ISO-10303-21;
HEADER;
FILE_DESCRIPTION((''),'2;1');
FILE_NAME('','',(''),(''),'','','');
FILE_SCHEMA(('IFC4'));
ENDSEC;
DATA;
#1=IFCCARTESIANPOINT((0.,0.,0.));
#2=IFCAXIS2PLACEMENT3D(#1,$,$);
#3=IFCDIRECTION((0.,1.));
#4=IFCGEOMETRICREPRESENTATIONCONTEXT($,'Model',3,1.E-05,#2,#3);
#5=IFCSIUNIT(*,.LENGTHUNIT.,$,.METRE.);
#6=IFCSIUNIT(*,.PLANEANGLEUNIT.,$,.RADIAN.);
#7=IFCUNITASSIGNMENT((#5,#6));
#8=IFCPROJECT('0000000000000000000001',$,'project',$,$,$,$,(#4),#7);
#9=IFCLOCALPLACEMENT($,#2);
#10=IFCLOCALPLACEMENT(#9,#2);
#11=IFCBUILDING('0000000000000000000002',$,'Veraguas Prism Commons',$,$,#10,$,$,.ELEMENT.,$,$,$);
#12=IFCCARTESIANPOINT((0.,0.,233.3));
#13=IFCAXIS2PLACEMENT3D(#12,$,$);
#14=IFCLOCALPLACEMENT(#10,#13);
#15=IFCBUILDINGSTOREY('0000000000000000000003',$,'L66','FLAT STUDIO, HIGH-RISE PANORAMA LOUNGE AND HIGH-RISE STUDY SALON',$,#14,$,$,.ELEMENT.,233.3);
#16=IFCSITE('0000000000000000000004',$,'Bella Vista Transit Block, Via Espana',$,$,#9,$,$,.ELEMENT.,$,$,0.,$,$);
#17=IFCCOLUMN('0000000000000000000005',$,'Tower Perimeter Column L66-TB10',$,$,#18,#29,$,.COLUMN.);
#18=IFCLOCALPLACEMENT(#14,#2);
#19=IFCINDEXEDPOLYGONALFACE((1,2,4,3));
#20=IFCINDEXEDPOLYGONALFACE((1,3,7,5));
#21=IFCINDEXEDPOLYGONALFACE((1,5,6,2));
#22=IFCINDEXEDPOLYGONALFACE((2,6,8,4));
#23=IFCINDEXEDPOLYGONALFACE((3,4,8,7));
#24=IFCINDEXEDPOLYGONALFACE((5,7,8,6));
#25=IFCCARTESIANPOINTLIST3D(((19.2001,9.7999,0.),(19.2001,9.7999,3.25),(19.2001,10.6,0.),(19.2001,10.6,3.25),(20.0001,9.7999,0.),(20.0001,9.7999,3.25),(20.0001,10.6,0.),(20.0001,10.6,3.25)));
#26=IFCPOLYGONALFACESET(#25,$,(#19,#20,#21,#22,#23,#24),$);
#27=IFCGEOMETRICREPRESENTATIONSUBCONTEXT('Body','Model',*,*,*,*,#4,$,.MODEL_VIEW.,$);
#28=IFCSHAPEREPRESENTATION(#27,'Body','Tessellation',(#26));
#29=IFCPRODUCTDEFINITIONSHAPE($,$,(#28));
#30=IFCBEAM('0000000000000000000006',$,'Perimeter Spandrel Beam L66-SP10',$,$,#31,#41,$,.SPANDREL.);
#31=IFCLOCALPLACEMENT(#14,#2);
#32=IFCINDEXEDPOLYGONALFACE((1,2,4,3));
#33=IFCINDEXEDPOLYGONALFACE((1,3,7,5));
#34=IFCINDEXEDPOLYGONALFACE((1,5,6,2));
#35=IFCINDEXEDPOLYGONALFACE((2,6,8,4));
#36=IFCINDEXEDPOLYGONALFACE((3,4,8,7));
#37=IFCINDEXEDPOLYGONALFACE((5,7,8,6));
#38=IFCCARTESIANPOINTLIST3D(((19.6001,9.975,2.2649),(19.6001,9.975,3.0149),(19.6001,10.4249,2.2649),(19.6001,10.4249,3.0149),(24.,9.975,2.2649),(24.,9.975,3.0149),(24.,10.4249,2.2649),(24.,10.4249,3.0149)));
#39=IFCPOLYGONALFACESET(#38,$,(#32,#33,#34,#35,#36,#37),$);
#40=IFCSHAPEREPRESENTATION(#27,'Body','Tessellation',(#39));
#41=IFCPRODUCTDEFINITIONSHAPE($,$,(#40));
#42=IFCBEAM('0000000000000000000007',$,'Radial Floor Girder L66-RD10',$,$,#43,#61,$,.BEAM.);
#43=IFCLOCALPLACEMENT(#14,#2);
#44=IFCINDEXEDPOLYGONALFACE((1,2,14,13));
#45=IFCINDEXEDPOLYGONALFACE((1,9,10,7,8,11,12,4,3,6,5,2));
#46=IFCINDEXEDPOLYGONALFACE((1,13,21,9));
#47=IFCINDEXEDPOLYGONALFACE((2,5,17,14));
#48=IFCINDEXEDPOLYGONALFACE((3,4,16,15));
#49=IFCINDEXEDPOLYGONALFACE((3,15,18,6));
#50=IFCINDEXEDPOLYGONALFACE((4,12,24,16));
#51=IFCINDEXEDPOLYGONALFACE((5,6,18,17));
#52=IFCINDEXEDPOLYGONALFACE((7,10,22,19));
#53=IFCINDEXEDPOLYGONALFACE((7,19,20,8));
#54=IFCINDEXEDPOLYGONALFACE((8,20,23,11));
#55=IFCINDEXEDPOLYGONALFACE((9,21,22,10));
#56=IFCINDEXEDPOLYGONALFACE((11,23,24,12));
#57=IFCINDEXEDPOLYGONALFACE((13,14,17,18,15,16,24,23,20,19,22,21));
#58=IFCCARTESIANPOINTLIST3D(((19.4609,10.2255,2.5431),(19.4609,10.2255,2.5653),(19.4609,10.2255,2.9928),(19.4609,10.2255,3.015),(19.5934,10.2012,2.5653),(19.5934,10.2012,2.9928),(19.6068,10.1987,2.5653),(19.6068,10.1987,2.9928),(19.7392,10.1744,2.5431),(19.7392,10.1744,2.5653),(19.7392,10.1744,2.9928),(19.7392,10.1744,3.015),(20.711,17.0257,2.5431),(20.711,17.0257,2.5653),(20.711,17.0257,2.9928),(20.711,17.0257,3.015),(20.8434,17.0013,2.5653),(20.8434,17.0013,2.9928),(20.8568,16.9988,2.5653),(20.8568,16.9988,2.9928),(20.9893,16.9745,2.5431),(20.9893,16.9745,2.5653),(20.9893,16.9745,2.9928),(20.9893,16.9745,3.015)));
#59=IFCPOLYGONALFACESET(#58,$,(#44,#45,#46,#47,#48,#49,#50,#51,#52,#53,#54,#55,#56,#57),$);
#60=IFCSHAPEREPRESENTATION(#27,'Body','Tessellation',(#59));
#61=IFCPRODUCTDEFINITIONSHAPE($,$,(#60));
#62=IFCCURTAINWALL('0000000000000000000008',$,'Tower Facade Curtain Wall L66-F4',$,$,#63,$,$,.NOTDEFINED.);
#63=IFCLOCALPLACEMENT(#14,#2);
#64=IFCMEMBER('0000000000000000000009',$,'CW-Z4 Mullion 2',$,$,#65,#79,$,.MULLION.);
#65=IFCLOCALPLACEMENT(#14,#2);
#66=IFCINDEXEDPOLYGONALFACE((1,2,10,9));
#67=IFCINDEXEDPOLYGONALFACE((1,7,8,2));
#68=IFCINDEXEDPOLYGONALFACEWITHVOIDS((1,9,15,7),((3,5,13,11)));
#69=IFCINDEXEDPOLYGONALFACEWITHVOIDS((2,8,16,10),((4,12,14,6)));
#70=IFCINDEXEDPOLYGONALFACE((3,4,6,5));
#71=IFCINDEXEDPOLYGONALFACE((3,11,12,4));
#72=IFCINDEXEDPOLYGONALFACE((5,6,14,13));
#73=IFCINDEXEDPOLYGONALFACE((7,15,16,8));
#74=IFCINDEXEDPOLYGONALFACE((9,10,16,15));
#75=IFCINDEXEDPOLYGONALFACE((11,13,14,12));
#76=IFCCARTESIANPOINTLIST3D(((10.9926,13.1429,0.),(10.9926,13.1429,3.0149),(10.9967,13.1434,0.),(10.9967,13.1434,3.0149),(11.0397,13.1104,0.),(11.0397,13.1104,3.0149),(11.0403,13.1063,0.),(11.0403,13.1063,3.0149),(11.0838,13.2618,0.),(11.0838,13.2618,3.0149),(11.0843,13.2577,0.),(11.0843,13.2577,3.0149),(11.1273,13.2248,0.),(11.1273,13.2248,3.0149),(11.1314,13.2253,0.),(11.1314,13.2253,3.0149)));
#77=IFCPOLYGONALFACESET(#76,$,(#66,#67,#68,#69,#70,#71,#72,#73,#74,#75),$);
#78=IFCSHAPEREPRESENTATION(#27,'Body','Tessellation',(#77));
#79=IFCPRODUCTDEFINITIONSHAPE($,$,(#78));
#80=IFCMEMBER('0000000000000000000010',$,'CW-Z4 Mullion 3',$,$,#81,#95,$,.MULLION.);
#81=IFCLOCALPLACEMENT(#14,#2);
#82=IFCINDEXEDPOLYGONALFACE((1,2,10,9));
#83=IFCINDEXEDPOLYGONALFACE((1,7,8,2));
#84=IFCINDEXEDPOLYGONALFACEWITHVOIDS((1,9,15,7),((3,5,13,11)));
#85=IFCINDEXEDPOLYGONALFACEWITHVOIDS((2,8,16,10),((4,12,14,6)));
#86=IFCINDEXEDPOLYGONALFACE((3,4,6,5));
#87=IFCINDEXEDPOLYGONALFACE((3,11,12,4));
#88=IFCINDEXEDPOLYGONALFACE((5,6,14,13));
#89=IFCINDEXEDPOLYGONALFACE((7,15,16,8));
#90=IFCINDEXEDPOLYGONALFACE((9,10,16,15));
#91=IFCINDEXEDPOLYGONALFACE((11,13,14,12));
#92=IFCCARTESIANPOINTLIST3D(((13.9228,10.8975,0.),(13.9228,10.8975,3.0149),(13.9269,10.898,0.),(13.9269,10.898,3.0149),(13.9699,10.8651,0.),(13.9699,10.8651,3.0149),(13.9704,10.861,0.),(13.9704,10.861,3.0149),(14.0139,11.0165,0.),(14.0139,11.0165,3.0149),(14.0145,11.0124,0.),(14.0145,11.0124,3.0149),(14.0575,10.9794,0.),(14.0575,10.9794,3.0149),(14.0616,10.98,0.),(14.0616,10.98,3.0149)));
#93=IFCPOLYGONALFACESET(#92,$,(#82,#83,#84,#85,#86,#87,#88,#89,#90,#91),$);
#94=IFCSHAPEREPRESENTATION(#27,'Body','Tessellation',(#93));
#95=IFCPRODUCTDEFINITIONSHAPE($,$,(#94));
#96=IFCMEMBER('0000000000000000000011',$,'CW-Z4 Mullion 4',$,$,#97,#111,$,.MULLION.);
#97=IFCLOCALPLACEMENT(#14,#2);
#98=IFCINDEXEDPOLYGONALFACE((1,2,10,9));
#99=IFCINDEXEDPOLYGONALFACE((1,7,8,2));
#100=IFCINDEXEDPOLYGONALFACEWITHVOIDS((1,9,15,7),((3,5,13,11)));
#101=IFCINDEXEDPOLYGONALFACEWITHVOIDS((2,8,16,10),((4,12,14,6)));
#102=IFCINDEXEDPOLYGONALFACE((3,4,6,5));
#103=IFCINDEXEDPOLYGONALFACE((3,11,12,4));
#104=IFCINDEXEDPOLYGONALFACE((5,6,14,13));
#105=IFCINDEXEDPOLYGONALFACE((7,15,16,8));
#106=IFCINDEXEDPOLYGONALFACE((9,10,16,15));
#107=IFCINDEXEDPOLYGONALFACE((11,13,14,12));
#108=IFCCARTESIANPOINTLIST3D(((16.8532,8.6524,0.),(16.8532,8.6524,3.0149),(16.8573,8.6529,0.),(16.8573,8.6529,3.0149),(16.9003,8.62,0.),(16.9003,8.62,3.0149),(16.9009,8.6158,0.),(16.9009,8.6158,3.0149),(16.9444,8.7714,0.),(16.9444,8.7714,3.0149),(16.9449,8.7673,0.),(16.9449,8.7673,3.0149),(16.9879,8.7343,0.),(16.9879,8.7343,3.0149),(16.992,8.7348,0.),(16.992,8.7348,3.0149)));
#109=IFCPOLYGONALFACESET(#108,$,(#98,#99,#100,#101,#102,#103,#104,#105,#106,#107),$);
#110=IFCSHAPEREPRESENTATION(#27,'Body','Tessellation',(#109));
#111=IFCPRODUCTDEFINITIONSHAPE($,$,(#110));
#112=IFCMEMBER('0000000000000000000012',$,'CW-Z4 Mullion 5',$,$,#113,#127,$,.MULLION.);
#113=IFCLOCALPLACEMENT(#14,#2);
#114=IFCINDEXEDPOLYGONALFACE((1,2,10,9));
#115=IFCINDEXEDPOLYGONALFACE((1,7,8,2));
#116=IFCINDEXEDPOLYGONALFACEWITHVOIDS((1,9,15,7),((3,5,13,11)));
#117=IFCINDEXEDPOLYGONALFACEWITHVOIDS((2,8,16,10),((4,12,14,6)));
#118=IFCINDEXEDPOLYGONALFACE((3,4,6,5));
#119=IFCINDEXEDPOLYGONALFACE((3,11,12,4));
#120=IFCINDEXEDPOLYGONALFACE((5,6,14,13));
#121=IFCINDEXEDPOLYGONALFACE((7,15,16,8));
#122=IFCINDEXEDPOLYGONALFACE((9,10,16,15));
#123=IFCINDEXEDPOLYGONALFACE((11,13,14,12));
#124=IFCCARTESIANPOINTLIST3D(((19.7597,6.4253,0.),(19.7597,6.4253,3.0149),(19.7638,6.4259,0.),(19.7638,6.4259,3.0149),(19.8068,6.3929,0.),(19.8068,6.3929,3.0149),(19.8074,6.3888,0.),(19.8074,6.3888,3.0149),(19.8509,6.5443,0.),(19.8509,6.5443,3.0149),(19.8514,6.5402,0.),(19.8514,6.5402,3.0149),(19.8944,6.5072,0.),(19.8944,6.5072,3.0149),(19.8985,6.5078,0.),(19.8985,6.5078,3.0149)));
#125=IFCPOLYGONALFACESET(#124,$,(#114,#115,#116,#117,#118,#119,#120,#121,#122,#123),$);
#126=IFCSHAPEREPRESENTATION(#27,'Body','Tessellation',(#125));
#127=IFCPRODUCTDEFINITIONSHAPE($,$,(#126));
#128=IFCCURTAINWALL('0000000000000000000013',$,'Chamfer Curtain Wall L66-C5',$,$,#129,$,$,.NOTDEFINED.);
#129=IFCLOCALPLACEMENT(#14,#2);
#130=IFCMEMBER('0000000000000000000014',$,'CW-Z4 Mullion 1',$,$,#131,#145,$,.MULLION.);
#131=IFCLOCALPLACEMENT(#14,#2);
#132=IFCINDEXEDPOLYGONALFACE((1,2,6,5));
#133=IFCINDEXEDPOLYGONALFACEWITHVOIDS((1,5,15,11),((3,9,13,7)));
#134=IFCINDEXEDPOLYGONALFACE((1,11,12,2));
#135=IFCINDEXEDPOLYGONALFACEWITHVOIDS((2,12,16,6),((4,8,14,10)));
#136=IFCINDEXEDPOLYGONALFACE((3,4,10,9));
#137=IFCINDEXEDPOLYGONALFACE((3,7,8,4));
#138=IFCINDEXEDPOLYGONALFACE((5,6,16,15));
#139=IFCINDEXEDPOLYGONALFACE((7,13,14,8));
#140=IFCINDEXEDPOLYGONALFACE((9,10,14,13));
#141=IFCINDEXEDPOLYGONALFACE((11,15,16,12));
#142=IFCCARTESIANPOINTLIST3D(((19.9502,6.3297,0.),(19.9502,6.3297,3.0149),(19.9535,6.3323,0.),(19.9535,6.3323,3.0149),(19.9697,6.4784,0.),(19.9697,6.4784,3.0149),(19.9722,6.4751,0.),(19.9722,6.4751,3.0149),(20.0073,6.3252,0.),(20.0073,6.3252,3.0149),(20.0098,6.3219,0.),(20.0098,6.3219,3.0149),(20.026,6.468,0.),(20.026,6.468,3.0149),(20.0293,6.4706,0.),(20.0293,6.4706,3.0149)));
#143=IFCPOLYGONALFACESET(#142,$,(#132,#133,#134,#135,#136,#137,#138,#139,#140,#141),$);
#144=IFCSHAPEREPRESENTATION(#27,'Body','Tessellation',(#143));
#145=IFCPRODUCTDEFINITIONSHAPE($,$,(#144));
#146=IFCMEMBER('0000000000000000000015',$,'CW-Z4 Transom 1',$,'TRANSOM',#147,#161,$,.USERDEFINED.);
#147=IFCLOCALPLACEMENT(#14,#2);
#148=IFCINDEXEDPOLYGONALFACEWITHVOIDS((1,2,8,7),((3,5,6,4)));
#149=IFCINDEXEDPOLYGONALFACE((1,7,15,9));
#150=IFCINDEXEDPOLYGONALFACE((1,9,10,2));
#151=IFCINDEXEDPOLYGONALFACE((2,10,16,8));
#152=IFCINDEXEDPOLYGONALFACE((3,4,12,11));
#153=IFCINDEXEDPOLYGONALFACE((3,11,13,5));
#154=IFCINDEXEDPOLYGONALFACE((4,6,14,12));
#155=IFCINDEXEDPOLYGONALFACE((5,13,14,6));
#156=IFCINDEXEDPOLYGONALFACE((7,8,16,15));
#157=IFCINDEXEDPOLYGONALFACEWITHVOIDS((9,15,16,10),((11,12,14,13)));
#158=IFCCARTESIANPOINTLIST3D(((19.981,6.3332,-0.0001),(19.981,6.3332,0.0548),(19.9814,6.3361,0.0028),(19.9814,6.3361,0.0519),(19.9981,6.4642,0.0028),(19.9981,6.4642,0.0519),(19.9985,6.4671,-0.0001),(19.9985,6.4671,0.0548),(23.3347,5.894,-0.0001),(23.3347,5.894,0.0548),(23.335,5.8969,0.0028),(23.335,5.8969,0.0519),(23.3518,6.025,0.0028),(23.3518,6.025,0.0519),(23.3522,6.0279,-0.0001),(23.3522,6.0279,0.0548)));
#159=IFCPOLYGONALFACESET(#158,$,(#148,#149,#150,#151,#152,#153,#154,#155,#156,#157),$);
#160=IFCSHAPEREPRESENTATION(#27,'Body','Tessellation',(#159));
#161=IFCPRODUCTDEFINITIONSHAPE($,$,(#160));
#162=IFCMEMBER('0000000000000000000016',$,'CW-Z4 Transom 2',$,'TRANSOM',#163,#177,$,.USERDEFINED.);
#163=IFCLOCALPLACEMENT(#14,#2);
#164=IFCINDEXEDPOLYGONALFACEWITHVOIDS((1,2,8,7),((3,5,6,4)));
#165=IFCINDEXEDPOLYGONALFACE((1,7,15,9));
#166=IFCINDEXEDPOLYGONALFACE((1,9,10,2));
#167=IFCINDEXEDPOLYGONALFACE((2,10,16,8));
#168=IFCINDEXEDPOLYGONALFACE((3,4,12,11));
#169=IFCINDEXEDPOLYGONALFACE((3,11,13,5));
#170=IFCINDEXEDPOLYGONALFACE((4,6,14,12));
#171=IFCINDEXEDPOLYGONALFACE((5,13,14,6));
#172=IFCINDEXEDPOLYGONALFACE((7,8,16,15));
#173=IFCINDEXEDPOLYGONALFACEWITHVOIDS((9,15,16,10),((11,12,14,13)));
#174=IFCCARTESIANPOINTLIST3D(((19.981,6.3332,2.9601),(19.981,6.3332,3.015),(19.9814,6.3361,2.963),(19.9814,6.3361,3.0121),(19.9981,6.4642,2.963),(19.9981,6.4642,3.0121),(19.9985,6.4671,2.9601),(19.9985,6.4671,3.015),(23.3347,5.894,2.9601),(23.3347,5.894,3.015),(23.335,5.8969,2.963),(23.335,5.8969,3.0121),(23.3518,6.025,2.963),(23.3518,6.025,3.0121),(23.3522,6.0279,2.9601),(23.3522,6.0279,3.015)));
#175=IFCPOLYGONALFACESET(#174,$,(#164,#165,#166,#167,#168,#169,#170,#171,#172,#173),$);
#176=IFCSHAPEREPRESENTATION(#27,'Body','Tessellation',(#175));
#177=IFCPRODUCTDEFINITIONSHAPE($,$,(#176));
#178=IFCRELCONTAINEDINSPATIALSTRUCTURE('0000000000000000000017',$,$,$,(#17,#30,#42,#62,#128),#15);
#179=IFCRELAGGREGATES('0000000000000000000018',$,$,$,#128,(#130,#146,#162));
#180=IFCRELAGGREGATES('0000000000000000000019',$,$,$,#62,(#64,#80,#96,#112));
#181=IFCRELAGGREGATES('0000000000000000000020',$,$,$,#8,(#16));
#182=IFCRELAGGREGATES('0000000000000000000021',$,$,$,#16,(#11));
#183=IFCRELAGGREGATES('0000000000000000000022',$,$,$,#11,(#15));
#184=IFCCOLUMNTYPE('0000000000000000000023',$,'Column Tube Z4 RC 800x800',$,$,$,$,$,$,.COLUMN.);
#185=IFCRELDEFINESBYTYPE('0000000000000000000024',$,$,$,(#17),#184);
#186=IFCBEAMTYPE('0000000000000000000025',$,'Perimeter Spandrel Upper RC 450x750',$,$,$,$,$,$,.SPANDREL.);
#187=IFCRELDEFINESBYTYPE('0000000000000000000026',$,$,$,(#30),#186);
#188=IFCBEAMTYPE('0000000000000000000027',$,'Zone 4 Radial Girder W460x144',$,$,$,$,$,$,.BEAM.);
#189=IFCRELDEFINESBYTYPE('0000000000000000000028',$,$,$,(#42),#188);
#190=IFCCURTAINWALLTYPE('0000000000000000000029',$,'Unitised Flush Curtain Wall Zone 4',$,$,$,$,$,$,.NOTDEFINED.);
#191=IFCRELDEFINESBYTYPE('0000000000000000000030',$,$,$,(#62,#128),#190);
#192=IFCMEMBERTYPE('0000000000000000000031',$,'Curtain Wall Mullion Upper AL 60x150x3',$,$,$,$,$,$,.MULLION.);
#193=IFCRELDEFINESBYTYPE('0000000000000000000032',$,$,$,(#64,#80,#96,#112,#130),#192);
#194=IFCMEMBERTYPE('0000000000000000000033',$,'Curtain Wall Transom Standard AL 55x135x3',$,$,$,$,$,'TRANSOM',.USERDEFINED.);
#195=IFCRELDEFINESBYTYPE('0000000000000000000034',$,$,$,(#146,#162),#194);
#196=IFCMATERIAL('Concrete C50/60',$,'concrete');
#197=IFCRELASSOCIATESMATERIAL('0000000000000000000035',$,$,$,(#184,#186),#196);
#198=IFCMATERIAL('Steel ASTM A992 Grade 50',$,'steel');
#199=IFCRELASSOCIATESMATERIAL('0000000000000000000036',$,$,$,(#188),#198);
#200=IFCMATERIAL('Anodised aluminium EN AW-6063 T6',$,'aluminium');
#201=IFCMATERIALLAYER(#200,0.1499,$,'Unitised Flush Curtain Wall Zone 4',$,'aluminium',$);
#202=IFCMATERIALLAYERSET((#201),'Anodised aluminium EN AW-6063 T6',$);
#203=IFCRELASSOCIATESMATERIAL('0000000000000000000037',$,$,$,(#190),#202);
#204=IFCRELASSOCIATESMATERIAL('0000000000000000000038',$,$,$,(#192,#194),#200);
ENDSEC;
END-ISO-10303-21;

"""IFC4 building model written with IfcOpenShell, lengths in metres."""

from ifc_helpers import new_model, si_unit, direction, frame, origin, origin_2d, place, context, subcontext, project, spatial, rectangle, hollow_rectangle, i_section, extrude, source, transform, mapped, material, layer, layer_set, material_profile, profile_set, type_object, element, aggregate, save


model = new_model("IFC4")

# Units and contexts
model_context = context("Model", 3, precision=1e-05, world=origin(), true_north=direction((0.0, 1.0)))
body_context = subcontext(model_context, "Body", "Model", "MODEL_VIEW")
ifc_project = project(units=[si_unit("LENGTHUNIT", "METRE"), si_unit("PLANEANGLEUNIT", "RADIAN")], contexts=[model_context])

# Site, building, storey
site_placement = place(None, origin())
site = spatial("IfcSite", under=ifc_project, at=site_placement, Name="Bella Vista Transit Block, Via Espana", CompositionType="ELEMENT", RefElevation=0.0)
building_placement = place(site_placement, origin())
building = spatial("IfcBuilding", under=site, at=building_placement, Name="Veraguas Prism Commons", CompositionType="ELEMENT")
storey_placement = place(building_placement, frame((0.0, 0.0, 233.3)))
storey = spatial("IfcBuildingStorey", under=building, at=storey_placement, Name="L66", Description="FLAT STUDIO, HIGH-RISE PANORAMA LOUNGE AND HIGH-RISE STUDY SALON", CompositionType="ELEMENT", Elevation=233.3)

# Column
ifc_material_1 = material(Name="Concrete C50/60", Category="concrete")
ifc_material_profile_1 = material_profile(ifc_material_1, rectangle(XDim=0.8, YDim=0.8, at=origin_2d()), Name="RC800X800")
ifc_profile_set_1 = profile_set([ifc_material_profile_1], Name="Concrete C50/60")
column_type = type_object("IfcColumnType", Name="Column Tube Z4 RC 800x800", PredefinedType="COLUMN", material=ifc_profile_set_1)
column_placement = place(storey_placement, frame((19.6001, 10.2, 0.0), z_axis=(0.0, 0.0, 1.0), x_axis=(1.0, 0.0, 0.0)))
element("IfcColumn", 1, at=column_placement, inside=storey, type_object=column_type, Name="Tower Perimeter Column L66-TB10", PredefinedType="COLUMN", context=body_context, shape_type="SweptSolid", body=[
    extrude(rectangle(XDim=0.8, YDim=0.8, at=origin_2d()), origin(), (0.0, 0.0, 1.0), 3.25),
])

# Beams
ifc_material_profile_2 = material_profile(ifc_material_1, rectangle(XDim=0.45, YDim=0.75, at=origin_2d()), Name="RC450X750")
ifc_profile_set_2 = profile_set([ifc_material_profile_2], Name="Concrete C50/60")
beam_type_1 = type_object("IfcBeamType", Name="Perimeter Spandrel Upper RC 450x750", PredefinedType="SPANDREL", material=ifc_profile_set_2)
beam_1_placement = place(storey_placement, frame((19.6001, 10.2, 2.6399), z_axis=(1.0, 0.0, 0.0), x_axis=(0.0, 1.0, 0.0)))
element("IfcBeam", 2, at=beam_1_placement, inside=storey, type_object=beam_type_1, Name="Perimeter Spandrel Beam L66-SP10", PredefinedType="SPANDREL", context=body_context, shape_type="SweptSolid", body=[
    extrude(rectangle(XDim=0.45, YDim=0.75, at=origin_2d()), origin(), (0.0, 0.0, 1.0), 4.3999),
])
ifc_material_2 = material(Name="Steel ASTM A992 Grade 50", Category="steel")
ifc_material_profile_3 = material_profile(ifc_material_2, i_section(OverallWidth=0.283, OverallDepth=0.4719, WebThickness=0.0137, FlangeThickness=0.0222, at=origin_2d()), Name="W460X144")
ifc_profile_set_3 = profile_set([ifc_material_profile_3], Name="Steel ASTM A992 Grade 50")
beam_type_2 = type_object("IfcBeamType", Name="Zone 4 Radial Girder W460x144", PredefinedType="BEAM", material=ifc_profile_set_3)
beam_2_placement = place(storey_placement, frame((19.6001, 10.2, 2.7791), z_axis=(0.180793, 0.983521, 0.0), x_axis=(-0.983521, 0.180793, 0.0)))
element("IfcBeam", 3, at=beam_2_placement, inside=storey, type_object=beam_type_2, Name="Radial Floor Girder L66-RD10", PredefinedType="BEAM", context=body_context, shape_type="SweptSolid", body=[
    extrude(i_section(OverallWidth=0.283, OverallDepth=0.4719, WebThickness=0.0137, FlangeThickness=0.0222, at=origin_2d()), origin(), (0.0, 0.0, 1.0), 6.9141),
])

# Curtain walls, members
ifc_material_3 = material(Name="Anodised aluminium EN AW-6063 T6", Category="aluminium")
ifc_layer_1 = layer(ifc_material_3, 0.1499, Name="Unitised Flush Curtain Wall Zone 4", Category="aluminium")
ifc_layer_set_1 = layer_set([ifc_layer_1], Name="Anodised aluminium EN AW-6063 T6")
curtain_wall_type = type_object("IfcCurtainWallType", Name="Unitised Flush Curtain Wall Zone 4", PredefinedType="NOTDEFINED", material=ifc_layer_set_1)
curtain_wall_1_placement = place(storey_placement, origin())
curtain_wall_1 = element("IfcCurtainWall", 4, at=curtain_wall_1_placement, inside=storey, type_object=curtain_wall_type, Name="Tower Facade Curtain Wall L66-F4", PredefinedType="NOTDEFINED")
ifc_material_profile_4 = material_profile(ifc_material_3, hollow_rectangle(XDim=0.0601, YDim=0.1499, WallThickness=0.0029, at=origin_2d()), Name="AL60X150X3")
ifc_profile_set_4 = profile_set([ifc_material_profile_4], Name="Anodised aluminium EN AW-6063 T6")
member_type_1 = type_object("IfcMemberType", Name="Curtain Wall Mullion Upper AL 60x150x3", PredefinedType="MULLION", material=ifc_profile_set_4)
shared_shape_1 = source(origin(), body_context, "Body", "SweptSolid", [
    extrude(hollow_rectangle(XDim=0.0601, YDim=0.1499, WallThickness=0.0029, at=origin_2d()), origin(), (0.0, 0.0, 1.0), 3.0149),
])
member_1_placement = place(storey_placement, frame((11.062, 13.1841, 0.0), z_axis=(0.0, 0.0, 1.0), x_axis=(0.79378, -0.608205, 0.0)))
member_1 = element("IfcMember", 5, at=member_1_placement, type_object=member_type_1, Name="CW-Z4 Mullion 2", PredefinedType="MULLION", context=body_context, shape_type="MappedRepresentation", body=[
    mapped(shared_shape_1, transform((0.0, 0.0, 0.0), scale=1.0)),
])
member_2_placement = place(storey_placement, frame((13.9922, 10.9387, 0.0), z_axis=(0.0, 0.0, 1.0), x_axis=(0.79378, -0.608205, 0.0)))
member_2 = element("IfcMember", 6, at=member_2_placement, type_object=member_type_1, Name="CW-Z4 Mullion 3", PredefinedType="MULLION", context=body_context, shape_type="MappedRepresentation", body=[
    mapped(shared_shape_1, transform((0.0, 0.0, 0.0), scale=1.0)),
])
member_3_placement = place(storey_placement, frame((16.9226, 8.6936, 0.0), z_axis=(0.0, 0.0, 1.0), x_axis=(0.79378, -0.608205, 0.0)))
member_3 = element("IfcMember", 7, at=member_3_placement, type_object=member_type_1, Name="CW-Z4 Mullion 4", PredefinedType="MULLION", context=body_context, shape_type="MappedRepresentation", body=[
    mapped(shared_shape_1, transform((0.0, 0.0, 0.0), scale=1.0)),
])
member_4_placement = place(storey_placement, frame((19.8291, 6.4666, 0.0), z_axis=(0.0, 0.0, 1.0), x_axis=(0.79378, -0.608205, 0.0)))
member_4 = element("IfcMember", 8, at=member_4_placement, type_object=member_type_1, Name="CW-Z4 Mullion 5", PredefinedType="MULLION", context=body_context, shape_type="MappedRepresentation", body=[
    mapped(shared_shape_1, transform((0.0, 0.0, 0.0), scale=1.0)),
])
curtain_wall_2_placement = place(storey_placement, origin())
curtain_wall_2 = element("IfcCurtainWall", 9, at=curtain_wall_2_placement, inside=storey, type_object=curtain_wall_type, Name="Chamfer Curtain Wall L66-C5", PredefinedType="NOTDEFINED")
member_5_placement = place(storey_placement, frame((19.9897, 6.4001, 0.0), z_axis=(0.0, 0.0, 1.0), x_axis=(0.991538, -0.12982, 0.0)))
member_5 = element("IfcMember", 10, at=member_5_placement, type_object=member_type_1, Name="CW-Z4 Mullion 1", PredefinedType="MULLION", context=body_context, shape_type="MappedRepresentation", body=[
    mapped(shared_shape_1, transform((0.0, 0.0, 0.0), scale=1.0)),
])
ifc_material_profile_5 = material_profile(ifc_material_3, hollow_rectangle(XDim=0.0549, YDim=0.135, WallThickness=0.0029, at=origin_2d()), Name="AL55X135X3")
ifc_profile_set_5 = profile_set([ifc_material_profile_5], Name="Anodised aluminium EN AW-6063 T6")
member_type_2 = type_object("IfcMemberType", Name="Curtain Wall Transom Standard AL 55x135x3", ElementType="TRANSOM", PredefinedType="USERDEFINED", material=ifc_profile_set_5)
shared_shape_2 = source(origin(), body_context, "Body", "SweptSolid", [
    extrude(hollow_rectangle(XDim=0.0549, YDim=0.135, WallThickness=0.0029, at=origin_2d()), origin(), (0.0, 0.0, 1.0), 3.3823),
])
member_6_placement = place(storey_placement, frame((19.9897, 6.4001, 0.0273), z_axis=(0.991533, -0.129851, 0.0), x_axis=(0.0, 0.0, 1.0)))
member_6 = element("IfcMember", 11, at=member_6_placement, type_object=member_type_2, Name="CW-Z4 Transom 1", ObjectType="TRANSOM", PredefinedType="USERDEFINED", context=body_context, shape_type="MappedRepresentation", body=[
    mapped(shared_shape_2, transform((0.0, 0.0, 0.0), scale=1.0)),
])
member_7_placement = place(storey_placement, frame((19.9897, 6.4001, 2.9875), z_axis=(0.991533, -0.129851, 0.0), x_axis=(0.0, 0.0, 1.0)))
member_7 = element("IfcMember", 12, at=member_7_placement, type_object=member_type_2, Name="CW-Z4 Transom 2", ObjectType="TRANSOM", PredefinedType="USERDEFINED", context=body_context, shape_type="MappedRepresentation", body=[
    mapped(shared_shape_2, transform((0.0, 0.0, 0.0), scale=1.0)),
])
aggregate(curtain_wall_2, [member_5, member_6, member_7])

aggregate(curtain_wall_1, [member_1, member_2, member_3, member_4])

save(model, "model.ifc")
